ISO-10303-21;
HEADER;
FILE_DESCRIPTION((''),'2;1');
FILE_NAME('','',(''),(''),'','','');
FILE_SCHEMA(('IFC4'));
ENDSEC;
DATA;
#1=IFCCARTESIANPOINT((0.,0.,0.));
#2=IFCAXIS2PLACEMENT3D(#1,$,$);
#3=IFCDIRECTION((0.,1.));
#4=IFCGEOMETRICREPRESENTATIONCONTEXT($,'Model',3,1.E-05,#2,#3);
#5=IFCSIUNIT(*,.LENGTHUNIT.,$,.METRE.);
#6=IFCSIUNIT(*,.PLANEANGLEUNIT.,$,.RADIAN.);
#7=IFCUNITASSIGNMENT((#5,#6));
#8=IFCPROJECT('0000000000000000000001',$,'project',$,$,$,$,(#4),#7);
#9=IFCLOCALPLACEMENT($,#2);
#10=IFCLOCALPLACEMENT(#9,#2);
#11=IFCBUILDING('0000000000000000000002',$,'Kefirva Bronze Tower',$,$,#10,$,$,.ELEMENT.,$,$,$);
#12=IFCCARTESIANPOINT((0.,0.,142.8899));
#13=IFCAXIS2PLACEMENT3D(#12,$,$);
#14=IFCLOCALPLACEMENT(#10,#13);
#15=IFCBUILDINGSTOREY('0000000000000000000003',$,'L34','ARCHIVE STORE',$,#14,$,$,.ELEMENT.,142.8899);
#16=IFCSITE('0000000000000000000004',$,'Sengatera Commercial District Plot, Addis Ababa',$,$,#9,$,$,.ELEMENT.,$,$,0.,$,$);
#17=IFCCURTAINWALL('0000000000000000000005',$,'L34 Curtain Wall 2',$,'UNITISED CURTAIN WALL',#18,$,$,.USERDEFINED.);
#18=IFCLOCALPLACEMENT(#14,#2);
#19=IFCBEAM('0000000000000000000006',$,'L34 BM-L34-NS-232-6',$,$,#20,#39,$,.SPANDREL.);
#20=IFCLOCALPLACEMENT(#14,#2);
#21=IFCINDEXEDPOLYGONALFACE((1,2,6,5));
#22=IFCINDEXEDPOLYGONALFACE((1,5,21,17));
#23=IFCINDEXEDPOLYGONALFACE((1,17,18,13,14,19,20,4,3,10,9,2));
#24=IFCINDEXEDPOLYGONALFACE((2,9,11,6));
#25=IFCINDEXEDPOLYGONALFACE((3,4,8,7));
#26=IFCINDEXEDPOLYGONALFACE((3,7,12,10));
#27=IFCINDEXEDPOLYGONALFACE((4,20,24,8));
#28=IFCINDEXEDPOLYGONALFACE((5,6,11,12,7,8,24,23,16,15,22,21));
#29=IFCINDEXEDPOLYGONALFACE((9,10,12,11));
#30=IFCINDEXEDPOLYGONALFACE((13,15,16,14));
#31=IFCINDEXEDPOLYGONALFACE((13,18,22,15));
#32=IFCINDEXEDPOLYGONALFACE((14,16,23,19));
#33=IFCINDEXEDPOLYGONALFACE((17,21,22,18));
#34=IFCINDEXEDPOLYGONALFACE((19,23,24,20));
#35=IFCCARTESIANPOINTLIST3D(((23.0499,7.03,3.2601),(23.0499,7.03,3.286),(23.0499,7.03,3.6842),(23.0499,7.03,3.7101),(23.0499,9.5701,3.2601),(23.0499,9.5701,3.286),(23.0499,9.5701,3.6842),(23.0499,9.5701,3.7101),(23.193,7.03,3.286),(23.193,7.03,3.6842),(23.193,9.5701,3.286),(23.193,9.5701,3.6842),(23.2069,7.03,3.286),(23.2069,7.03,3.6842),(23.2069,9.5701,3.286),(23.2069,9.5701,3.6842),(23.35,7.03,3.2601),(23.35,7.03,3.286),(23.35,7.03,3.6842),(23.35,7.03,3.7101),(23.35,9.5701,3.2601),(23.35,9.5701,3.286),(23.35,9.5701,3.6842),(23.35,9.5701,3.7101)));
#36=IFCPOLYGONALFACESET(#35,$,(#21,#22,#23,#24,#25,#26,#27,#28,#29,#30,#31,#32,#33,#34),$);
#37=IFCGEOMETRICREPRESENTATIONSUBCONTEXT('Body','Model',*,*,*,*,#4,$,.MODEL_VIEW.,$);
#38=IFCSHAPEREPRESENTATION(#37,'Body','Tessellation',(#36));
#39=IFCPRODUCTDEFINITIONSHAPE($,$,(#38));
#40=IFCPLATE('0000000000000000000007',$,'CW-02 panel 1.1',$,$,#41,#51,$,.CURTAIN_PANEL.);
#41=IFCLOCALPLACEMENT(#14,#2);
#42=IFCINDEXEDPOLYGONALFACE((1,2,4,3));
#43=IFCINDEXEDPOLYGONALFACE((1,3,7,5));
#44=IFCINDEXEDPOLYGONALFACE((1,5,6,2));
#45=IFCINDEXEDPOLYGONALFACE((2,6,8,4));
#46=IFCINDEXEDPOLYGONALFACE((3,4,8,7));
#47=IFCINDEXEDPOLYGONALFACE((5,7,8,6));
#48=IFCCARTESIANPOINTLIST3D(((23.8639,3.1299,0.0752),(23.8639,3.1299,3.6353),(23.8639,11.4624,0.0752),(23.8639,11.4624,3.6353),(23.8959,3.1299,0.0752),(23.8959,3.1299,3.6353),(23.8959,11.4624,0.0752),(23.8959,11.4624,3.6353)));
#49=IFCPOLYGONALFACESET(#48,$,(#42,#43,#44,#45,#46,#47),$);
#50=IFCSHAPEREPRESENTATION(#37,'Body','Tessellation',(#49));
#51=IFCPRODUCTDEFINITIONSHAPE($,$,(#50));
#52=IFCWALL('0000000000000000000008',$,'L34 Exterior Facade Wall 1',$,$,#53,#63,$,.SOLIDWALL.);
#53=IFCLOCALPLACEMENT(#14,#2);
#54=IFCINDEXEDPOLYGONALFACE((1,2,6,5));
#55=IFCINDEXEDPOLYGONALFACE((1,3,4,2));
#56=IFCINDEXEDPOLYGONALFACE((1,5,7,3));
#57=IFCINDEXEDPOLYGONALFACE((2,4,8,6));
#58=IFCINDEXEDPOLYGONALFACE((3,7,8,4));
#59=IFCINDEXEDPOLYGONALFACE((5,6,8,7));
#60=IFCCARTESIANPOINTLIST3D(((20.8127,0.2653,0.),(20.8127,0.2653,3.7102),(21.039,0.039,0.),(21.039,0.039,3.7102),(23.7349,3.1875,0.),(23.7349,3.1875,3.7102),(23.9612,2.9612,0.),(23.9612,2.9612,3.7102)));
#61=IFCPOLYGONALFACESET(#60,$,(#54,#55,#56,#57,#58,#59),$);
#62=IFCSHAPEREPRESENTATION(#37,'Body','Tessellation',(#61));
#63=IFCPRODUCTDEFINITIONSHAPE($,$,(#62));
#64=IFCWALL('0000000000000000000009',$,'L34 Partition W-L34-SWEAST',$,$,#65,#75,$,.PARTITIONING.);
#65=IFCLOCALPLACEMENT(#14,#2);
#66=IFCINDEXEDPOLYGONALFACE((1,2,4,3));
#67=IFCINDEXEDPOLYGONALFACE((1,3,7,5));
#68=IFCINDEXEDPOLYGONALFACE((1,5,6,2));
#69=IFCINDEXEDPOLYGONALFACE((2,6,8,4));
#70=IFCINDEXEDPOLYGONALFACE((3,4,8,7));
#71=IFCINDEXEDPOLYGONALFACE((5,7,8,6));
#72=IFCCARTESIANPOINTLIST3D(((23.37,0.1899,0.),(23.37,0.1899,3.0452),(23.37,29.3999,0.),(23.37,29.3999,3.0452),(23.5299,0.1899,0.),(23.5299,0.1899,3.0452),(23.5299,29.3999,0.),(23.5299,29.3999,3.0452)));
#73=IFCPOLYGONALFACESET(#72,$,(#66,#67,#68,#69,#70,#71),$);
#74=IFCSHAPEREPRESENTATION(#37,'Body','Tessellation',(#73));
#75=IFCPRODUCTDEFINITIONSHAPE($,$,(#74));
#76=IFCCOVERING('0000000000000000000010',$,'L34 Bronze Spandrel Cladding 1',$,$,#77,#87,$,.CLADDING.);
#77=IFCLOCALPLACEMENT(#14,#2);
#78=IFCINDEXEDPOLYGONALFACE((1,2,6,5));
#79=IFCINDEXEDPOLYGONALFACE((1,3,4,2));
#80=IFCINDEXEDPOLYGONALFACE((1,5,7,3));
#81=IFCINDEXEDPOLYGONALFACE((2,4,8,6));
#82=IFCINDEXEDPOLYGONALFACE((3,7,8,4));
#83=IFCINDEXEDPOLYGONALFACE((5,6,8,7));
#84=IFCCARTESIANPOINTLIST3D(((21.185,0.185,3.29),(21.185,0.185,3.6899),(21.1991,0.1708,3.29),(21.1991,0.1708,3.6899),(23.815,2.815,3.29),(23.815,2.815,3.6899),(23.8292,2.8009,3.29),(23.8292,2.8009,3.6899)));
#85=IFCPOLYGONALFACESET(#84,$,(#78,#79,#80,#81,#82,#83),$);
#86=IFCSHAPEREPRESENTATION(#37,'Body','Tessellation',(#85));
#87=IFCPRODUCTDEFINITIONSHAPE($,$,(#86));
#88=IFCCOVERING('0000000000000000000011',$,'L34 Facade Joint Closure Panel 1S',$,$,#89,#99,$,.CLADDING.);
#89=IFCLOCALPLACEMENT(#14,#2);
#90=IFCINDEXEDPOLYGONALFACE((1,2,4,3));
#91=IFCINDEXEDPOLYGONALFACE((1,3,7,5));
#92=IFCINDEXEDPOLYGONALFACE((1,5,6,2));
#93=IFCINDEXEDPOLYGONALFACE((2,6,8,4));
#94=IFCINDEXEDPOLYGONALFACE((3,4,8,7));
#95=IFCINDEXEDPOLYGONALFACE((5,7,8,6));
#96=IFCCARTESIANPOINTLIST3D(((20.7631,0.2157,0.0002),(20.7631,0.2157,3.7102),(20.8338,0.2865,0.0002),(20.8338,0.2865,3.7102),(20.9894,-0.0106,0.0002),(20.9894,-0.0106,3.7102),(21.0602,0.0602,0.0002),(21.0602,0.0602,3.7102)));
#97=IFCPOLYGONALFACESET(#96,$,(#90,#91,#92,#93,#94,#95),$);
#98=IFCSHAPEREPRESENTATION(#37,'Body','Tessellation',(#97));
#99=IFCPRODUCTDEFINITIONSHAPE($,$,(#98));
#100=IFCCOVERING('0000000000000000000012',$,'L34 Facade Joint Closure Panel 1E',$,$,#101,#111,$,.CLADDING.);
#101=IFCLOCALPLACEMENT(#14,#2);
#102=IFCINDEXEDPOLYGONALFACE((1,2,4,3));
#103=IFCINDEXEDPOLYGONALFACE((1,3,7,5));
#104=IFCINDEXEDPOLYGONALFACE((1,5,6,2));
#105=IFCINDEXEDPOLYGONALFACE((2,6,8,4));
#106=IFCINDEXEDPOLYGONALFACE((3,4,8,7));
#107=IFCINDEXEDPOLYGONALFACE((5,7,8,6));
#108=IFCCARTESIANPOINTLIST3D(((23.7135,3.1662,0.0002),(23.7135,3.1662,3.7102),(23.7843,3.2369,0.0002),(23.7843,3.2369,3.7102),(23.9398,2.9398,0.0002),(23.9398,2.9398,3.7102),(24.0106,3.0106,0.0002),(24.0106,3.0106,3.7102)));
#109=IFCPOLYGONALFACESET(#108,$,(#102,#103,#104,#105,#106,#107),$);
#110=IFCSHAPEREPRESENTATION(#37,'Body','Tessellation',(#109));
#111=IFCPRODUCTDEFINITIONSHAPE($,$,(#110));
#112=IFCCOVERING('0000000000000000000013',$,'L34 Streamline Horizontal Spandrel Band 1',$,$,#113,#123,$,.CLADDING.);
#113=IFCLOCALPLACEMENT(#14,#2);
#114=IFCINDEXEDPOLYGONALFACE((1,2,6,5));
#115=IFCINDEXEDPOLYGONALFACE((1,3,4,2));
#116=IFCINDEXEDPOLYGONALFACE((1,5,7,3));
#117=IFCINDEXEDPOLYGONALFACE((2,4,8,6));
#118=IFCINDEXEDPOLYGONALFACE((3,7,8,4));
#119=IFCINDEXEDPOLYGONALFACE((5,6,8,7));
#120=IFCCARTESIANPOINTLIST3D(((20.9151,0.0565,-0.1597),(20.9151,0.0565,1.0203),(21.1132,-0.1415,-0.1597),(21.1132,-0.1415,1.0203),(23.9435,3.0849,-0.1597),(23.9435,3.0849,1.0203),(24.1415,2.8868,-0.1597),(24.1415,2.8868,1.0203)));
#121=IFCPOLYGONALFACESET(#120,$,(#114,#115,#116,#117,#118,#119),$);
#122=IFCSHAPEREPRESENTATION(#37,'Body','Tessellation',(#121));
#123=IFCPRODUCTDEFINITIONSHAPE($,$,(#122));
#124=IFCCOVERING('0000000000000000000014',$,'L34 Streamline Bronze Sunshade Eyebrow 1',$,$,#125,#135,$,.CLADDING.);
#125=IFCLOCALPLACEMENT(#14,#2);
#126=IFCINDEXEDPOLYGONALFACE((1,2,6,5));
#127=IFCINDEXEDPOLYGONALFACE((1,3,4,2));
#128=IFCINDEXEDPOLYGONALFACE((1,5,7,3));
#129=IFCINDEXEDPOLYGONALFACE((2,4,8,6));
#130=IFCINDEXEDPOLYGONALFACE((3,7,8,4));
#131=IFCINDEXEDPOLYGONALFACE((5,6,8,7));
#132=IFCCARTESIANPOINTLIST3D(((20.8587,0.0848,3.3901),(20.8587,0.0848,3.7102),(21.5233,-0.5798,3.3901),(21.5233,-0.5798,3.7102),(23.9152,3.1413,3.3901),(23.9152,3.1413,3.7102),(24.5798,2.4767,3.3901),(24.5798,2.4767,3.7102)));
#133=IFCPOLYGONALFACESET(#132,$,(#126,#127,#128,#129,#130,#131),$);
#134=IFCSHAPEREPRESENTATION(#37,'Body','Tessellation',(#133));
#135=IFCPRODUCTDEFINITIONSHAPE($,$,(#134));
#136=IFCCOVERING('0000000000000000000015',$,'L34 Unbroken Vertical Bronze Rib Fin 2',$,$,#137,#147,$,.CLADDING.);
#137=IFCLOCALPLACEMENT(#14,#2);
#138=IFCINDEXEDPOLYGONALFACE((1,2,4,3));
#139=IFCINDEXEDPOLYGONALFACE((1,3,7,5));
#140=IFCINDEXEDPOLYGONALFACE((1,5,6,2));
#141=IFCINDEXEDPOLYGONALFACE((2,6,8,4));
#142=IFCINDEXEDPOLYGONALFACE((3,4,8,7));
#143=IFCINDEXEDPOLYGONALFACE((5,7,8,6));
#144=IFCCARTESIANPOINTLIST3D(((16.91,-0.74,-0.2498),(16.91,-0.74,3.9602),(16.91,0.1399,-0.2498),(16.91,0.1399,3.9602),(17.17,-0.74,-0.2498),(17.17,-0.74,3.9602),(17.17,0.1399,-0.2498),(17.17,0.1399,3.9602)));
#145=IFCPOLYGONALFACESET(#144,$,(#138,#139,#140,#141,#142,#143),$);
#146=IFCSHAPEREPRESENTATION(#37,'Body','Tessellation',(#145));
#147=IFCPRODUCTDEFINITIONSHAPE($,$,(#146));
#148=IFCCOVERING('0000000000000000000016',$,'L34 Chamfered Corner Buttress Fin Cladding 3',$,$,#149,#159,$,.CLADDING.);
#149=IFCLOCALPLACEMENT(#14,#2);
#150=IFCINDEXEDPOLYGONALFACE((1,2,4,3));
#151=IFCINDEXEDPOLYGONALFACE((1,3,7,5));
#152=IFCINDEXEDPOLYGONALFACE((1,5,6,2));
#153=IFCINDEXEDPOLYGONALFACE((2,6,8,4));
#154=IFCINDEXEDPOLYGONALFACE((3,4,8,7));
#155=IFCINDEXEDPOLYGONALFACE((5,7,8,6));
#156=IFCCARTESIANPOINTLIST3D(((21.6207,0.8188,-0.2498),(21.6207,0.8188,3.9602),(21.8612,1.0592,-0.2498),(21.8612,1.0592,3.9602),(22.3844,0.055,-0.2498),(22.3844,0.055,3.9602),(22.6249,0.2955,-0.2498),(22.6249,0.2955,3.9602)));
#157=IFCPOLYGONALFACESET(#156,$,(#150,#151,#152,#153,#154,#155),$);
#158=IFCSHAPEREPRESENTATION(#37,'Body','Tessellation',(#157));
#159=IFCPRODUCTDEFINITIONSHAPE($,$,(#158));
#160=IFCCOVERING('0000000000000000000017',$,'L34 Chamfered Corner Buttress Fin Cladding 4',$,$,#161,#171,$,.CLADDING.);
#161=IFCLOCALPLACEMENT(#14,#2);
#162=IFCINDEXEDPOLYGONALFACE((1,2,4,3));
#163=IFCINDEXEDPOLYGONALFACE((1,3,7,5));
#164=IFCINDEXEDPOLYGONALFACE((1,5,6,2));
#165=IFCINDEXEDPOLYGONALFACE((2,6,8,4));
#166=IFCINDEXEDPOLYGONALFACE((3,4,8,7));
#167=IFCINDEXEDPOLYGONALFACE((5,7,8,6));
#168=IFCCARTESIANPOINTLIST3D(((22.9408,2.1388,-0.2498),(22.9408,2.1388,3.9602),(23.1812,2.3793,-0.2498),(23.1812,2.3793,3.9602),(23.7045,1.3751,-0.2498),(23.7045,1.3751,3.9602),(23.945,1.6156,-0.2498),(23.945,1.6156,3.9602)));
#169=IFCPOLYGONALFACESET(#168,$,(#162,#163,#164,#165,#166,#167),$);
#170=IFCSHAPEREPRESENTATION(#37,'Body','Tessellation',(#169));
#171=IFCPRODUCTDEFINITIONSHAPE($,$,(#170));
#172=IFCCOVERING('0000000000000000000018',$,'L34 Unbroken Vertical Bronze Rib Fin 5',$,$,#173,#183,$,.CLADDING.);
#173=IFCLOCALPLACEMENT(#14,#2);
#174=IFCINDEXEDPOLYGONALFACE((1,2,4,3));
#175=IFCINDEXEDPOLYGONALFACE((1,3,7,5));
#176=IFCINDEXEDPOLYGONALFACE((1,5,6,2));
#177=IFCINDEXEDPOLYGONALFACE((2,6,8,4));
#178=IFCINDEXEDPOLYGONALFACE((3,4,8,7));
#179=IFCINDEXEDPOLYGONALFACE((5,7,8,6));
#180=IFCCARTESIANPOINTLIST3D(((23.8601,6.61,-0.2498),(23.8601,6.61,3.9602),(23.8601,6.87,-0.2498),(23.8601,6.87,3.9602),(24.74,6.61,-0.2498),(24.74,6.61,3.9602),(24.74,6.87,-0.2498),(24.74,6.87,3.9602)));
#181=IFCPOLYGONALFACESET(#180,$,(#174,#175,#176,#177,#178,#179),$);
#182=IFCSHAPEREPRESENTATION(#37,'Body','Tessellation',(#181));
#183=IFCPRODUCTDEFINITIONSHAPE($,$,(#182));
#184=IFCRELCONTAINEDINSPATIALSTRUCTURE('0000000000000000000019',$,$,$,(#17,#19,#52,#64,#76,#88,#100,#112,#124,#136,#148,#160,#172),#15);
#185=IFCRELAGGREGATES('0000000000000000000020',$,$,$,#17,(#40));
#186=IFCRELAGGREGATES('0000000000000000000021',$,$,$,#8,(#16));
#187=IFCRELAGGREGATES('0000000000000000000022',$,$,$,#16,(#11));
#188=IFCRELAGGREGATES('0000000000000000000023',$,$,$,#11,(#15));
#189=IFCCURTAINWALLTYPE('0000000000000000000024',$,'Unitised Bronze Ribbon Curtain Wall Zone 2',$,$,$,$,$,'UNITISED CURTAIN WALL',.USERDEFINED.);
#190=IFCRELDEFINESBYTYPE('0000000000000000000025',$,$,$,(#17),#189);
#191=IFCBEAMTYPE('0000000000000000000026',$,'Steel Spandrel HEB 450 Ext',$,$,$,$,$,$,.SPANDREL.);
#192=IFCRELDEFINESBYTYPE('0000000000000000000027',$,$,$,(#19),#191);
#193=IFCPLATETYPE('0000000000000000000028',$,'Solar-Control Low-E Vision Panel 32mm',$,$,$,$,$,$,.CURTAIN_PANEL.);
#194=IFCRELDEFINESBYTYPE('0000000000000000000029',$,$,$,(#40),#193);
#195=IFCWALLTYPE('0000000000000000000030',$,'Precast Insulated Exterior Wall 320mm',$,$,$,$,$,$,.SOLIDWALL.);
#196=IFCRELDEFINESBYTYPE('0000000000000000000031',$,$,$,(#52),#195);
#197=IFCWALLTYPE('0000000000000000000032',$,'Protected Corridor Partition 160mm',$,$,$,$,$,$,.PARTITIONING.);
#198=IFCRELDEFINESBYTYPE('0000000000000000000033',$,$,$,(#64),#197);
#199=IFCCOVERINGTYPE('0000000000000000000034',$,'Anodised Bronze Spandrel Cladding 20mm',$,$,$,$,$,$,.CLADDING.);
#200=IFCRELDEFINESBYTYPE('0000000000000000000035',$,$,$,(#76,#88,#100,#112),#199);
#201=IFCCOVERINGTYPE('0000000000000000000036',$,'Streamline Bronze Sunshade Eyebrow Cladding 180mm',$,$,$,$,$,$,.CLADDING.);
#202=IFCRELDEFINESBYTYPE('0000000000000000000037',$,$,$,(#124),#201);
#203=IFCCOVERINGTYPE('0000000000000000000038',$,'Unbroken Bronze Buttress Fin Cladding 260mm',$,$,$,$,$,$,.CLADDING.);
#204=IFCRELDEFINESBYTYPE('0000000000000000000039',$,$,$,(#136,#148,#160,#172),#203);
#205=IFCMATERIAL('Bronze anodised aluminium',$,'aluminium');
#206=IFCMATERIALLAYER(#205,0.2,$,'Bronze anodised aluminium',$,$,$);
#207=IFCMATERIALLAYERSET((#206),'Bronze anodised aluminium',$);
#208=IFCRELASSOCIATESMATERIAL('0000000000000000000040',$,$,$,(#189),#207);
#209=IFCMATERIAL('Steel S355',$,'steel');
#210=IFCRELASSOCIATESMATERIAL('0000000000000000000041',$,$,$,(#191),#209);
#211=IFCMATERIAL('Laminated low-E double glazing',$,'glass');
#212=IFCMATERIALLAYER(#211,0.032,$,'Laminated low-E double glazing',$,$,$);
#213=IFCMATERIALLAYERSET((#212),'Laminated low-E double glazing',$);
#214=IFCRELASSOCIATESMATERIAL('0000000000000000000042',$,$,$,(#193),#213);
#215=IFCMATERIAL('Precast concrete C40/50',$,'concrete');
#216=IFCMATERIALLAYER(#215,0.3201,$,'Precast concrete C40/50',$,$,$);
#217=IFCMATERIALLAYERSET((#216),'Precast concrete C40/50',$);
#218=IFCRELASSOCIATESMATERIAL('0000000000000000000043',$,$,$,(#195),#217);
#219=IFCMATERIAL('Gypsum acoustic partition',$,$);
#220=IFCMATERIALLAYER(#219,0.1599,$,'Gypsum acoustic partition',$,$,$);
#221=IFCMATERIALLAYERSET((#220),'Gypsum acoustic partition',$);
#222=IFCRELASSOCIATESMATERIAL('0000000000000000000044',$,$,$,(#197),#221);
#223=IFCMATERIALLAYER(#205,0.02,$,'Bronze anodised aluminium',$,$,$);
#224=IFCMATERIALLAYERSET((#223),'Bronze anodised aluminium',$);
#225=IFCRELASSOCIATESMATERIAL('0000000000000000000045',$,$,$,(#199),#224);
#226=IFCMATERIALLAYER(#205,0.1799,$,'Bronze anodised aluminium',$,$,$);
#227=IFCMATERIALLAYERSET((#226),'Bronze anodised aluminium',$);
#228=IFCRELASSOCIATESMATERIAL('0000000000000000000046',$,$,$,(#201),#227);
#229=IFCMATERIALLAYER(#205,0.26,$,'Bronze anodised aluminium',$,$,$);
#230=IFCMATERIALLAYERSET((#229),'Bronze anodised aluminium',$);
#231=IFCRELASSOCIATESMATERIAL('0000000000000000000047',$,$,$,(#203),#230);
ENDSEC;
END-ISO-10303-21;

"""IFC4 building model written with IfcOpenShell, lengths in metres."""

from ifc_helpers import new_model, si_unit, direction, frame, frame_2d, origin, origin_2d, place, context, subcontext, project, spatial, rectangle, i_section, extrude, material, layer, layer_set, material_profile, profile_set, type_object, element, aggregate, save


model = new_model("IFC4")

# Units and contexts
model_context = context("Model", 3, precision=1e-05, world=origin(), true_north=direction((0.0, 1.0)))
body_context = subcontext(model_context, "Body", "Model", "MODEL_VIEW")
ifc_project = project(units=[si_unit("LENGTHUNIT", "METRE"), si_unit("PLANEANGLEUNIT", "RADIAN")], contexts=[model_context])

# Site, building, storey
site_placement = place(None, origin())
site = spatial("IfcSite", under=ifc_project, at=site_placement, Name="Sengatera Commercial District Plot, Addis Ababa", CompositionType="ELEMENT", RefElevation=0.0)
building_placement = place(site_placement, origin())
building = spatial("IfcBuilding", under=site, at=building_placement, Name="Kefirva Bronze Tower", CompositionType="ELEMENT")
storey_placement = place(building_placement, frame((0.0, 0.0, 142.8899)))
storey = spatial("IfcBuildingStorey", under=building, at=storey_placement, Name="L34", Description="ARCHIVE STORE", CompositionType="ELEMENT", Elevation=142.8899)

# Shared definitions
ifc_material_1 = material(Name="Bronze anodised aluminium", Category="aluminium")
ifc_layer_1 = layer(ifc_material_1, 0.2, Name="Bronze anodised aluminium")
ifc_layer_set_1 = layer_set([ifc_layer_1], Name="Bronze anodised aluminium")
curtain_wall_type = type_object("IfcCurtainWallType", Name="Unitised Bronze Ribbon Curtain Wall Zone 2", ElementType="UNITISED CURTAIN WALL", PredefinedType="USERDEFINED", material=ifc_layer_set_1)

# Curtain wall
curtain_wall_1_placement = place(storey_placement, origin())
curtain_wall_1 = element("IfcCurtainWall", 1, at=curtain_wall_1_placement, inside=storey, type_object=curtain_wall_type, Name="L34 Curtain Wall 2", ObjectType="UNITISED CURTAIN WALL", PredefinedType="USERDEFINED")

# Beam
ifc_material_2 = material(Name="Steel S355", Category="steel")
ifc_material_profile_1 = material_profile(ifc_material_2, i_section(OverallWidth=0.3, OverallDepth=0.45, WebThickness=0.0139, FlangeThickness=0.0259, at=origin_2d()), Name="HEB 450")
ifc_profile_set_1 = profile_set([ifc_material_profile_1], Name="Steel S355")
beam_type_1 = type_object("IfcBeamType", Name="Steel Spandrel HEB 450 Ext", PredefinedType="SPANDREL", material=ifc_profile_set_1)
beam_1_placement = place(storey_placement, frame((23.2, 7.03, 3.4851), z_axis=(0.0, 1.0, 0.0), x_axis=(-1.0, 0.0, 0.0)))
element("IfcBeam", 2, at=beam_1_placement, inside=storey, type_object=beam_type_1, Name="L34 BM-L34-NS-232-6", PredefinedType="SPANDREL", context=body_context, shape_type="SweptSolid", body=[
    extrude(i_section(OverallWidth=0.3, OverallDepth=0.45, WebThickness=0.0139, FlangeThickness=0.0259, at=origin_2d()), origin(), (0.0, 0.0, 1.0), 2.54),
])

# Plate
ifc_material_3 = material(Name="Laminated low-E double glazing", Category="glass")
ifc_layer_2 = layer(ifc_material_3, 0.032, Name="Laminated low-E double glazing")
ifc_layer_set_2 = layer_set([ifc_layer_2], Name="Laminated low-E double glazing")
plate_type = type_object("IfcPlateType", Name="Solar-Control Low-E Vision Panel 32mm", PredefinedType="CURTAIN_PANEL", material=ifc_layer_set_2)
plate_placement = place(storey_placement, frame((23.8799, 7.2961, 0.0752), z_axis=(0.0, 0.0, 1.0), x_axis=(0.0, 1.0, 0.0)))
plate = element("IfcPlate", 3, at=plate_placement, type_object=plate_type, Name="CW-02 panel 1.1", PredefinedType="CURTAIN_PANEL", context=body_context, shape_type="SweptSolid", body=[
    extrude(rectangle(XDim=8.3325, YDim=0.032, at=origin_2d()), origin(), (0.0, 0.0, 1.0), 3.5601),
])
aggregate(curtain_wall_1, [plate])

# Walls
ifc_material_4 = material(Name="Precast concrete C40/50", Category="concrete")
ifc_layer_3 = layer(ifc_material_4, 0.3201, Name="Precast concrete C40/50")
ifc_layer_set_3 = layer_set([ifc_layer_3], Name="Precast concrete C40/50")
wall_type_1 = type_object("IfcWallType", Name="Precast Insulated Exterior Wall 320mm", PredefinedType="SOLIDWALL", material=ifc_layer_set_3)
wall_1_placement = place(storey_placement, frame((20.9258, 0.1521, 0.0), z_axis=(0.0, 0.0, 1.0), x_axis=(0.707107, 0.707107, 0.0)))
element("IfcWall", 4, at=wall_1_placement, inside=storey, type_object=wall_type_1, Name="L34 Exterior Facade Wall 1", PredefinedType="SOLIDWALL", context=body_context, shape_type="SweptSolid", body=[
    extrude(rectangle(XDim=4.1326, YDim=0.3201, at=frame_2d((2.0664, 0.0))), origin(), (0.0, 0.0, 1.0), 3.7102),
])
ifc_material_5 = material(Name="Gypsum acoustic partition")
ifc_layer_4 = layer(ifc_material_5, 0.1599, Name="Gypsum acoustic partition")
ifc_layer_set_4 = layer_set([ifc_layer_4], Name="Gypsum acoustic partition")
wall_type_2 = type_object("IfcWallType", Name="Protected Corridor Partition 160mm", PredefinedType="PARTITIONING", material=ifc_layer_set_4)
wall_2_placement = place(storey_placement, frame((23.45, 0.1899, 0.0), z_axis=(0.0, 0.0, 1.0), x_axis=(0.0, 1.0, 0.0)))
element("IfcWall", 5, at=wall_2_placement, inside=storey, type_object=wall_type_2, Name="L34 Partition W-L34-SWEAST", PredefinedType="PARTITIONING", context=body_context, shape_type="SweptSolid", body=[
    extrude(rectangle(XDim=29.21, YDim=0.1599, at=frame_2d((14.605, 0.0))), origin(), (0.0, 0.0, 1.0), 3.0452),
])

# Coverings
ifc_layer_5 = layer(ifc_material_1, 0.02, Name="Bronze anodised aluminium")
ifc_layer_set_5 = layer_set([ifc_layer_5], Name="Bronze anodised aluminium")
covering_type_1 = type_object("IfcCoveringType", Name="Anodised Bronze Spandrel Cladding 20mm", PredefinedType="CLADDING", material=ifc_layer_set_5)
covering_1_placement = place(storey_placement, frame((22.5071, 1.4929, 3.29), z_axis=(0.0, 0.0, 1.0), x_axis=(0.707107, 0.707107, 0.0)))
element("IfcCovering", 6, at=covering_1_placement, inside=storey, type_object=covering_type_1, Name="L34 Bronze Spandrel Cladding 1", PredefinedType="CLADDING", context=body_context, shape_type="SweptSolid", body=[
    extrude(rectangle(XDim=3.7195, YDim=0.02, at=origin_2d()), origin(), (0.0, 0.0, 1.0), 0.3999),
])
for number, where, z_axis, x_axis, name in (
    (7, (20.9116, 0.1379, 0.0002), (0.0, 0.0, 1.0), (0.707107, 0.707107, 0.0), "L34 Facade Joint Closure Panel 1S"),
    (8, (23.8621, 3.0884, 0.0002), (0.0, 0.0, 1.0), (0.707107, 0.707107, 0.0), "L34 Facade Joint Closure Panel 1E"),
):
    element("IfcCovering", number, at=place(storey_placement, frame(where, z_axis=z_axis, x_axis=x_axis)), inside=storey, type_object=covering_type_1, Name=name, PredefinedType="CLADDING", context=body_context, shape_type="SweptSolid", body=[
        extrude(rectangle(XDim=0.1001, YDim=0.3201, at=origin_2d()), origin(), (0.0, 0.0, 1.0), 3.71),
    ])
covering_2_placement = place(storey_placement, frame((22.5283, 1.4717, -0.1597), z_axis=(0.0, 0.0, 1.0), x_axis=(0.707107, 0.707107, 0.0)))
element("IfcCovering", 9, at=covering_2_placement, inside=storey, type_object=covering_type_1, Name="L34 Streamline Horizontal Spandrel Band 1", PredefinedType="CLADDING", context=body_context, shape_type="SweptSolid", body=[
    extrude(rectangle(XDim=4.2827, YDim=0.28, at=origin_2d()), origin(), (0.0, 0.0, 1.0), 1.1799),
])
ifc_layer_6 = layer(ifc_material_1, 0.1799, Name="Bronze anodised aluminium")
ifc_layer_set_6 = layer_set([ifc_layer_6], Name="Bronze anodised aluminium")
covering_type_2 = type_object("IfcCoveringType", Name="Streamline Bronze Sunshade Eyebrow Cladding 180mm", PredefinedType="CLADDING", material=ifc_layer_set_6)
covering_3_placement = place(storey_placement, frame((22.7192, 1.2808, 3.3901), z_axis=(0.0, 0.0, 1.0), x_axis=(0.707107, 0.707107, 0.0)))
element("IfcCovering", 10, at=covering_3_placement, inside=storey, type_object=covering_type_2, Name="L34 Streamline Bronze Sunshade Eyebrow 1", PredefinedType="CLADDING", context=body_context, shape_type="SweptSolid", body=[
    extrude(rectangle(XDim=4.3225, YDim=0.9399, at=origin_2d()), origin(), (0.0, 0.0, 1.0), 0.3201),
])
ifc_layer_7 = layer(ifc_material_1, 0.26, Name="Bronze anodised aluminium")
ifc_layer_set_7 = layer_set([ifc_layer_7], Name="Bronze anodised aluminium")
covering_type_3 = type_object("IfcCoveringType", Name="Unbroken Bronze Buttress Fin Cladding 260mm", PredefinedType="CLADDING", material=ifc_layer_set_7)
covering_4_placement = place(storey_placement, frame((17.04, -0.3, -0.2498), z_axis=(0.0, 0.0, 1.0), x_axis=(1.0, 0.0, 0.0)))
element("IfcCovering", 11, at=covering_4_placement, inside=storey, type_object=covering_type_3, Name="L34 Unbroken Vertical Bronze Rib Fin 2", PredefinedType="CLADDING", context=body_context, shape_type="SweptSolid", body=[
    extrude(rectangle(XDim=0.26, YDim=0.8799, at=origin_2d()), origin(), (0.0, 0.0, 1.0), 4.21),
])
for number, where, z_axis, x_axis, name in (
    (12, (22.1228, 0.5571, -0.2498), (0.0, 0.0, 1.0), (0.707107, 0.707107, 0.0), "L34 Chamfered Corner Buttress Fin Cladding 3"),
    (13, (23.4429, 1.8772, -0.2498), (0.0, 0.0, 1.0), (0.707107, 0.707107, 0.0), "L34 Chamfered Corner Buttress Fin Cladding 4"),
):
    element("IfcCovering", number, at=place(storey_placement, frame(where, z_axis=z_axis, x_axis=x_axis)), inside=storey, type_object=covering_type_3, Name=name, PredefinedType="CLADDING", context=body_context, shape_type="SweptSolid", body=[
        extrude(rectangle(XDim=0.3401, YDim=1.0801, at=origin_2d()), origin(), (0.0, 0.0, 1.0), 4.21),
    ])
covering_5_placement = place(storey_placement, frame((24.3, 6.74, -0.2498), z_axis=(0.0, 0.0, 1.0), x_axis=(0.0, 1.0, 0.0)))
element("IfcCovering", 14, at=covering_5_placement, inside=storey, type_object=covering_type_3, Name="L34 Unbroken Vertical Bronze Rib Fin 5", PredefinedType="CLADDING", context=body_context, shape_type="SweptSolid", body=[
    extrude(rectangle(XDim=0.26, YDim=0.8799, at=origin_2d()), origin(), (0.0, 0.0, 1.0), 4.21),
])

save(model, "model.ifc")
